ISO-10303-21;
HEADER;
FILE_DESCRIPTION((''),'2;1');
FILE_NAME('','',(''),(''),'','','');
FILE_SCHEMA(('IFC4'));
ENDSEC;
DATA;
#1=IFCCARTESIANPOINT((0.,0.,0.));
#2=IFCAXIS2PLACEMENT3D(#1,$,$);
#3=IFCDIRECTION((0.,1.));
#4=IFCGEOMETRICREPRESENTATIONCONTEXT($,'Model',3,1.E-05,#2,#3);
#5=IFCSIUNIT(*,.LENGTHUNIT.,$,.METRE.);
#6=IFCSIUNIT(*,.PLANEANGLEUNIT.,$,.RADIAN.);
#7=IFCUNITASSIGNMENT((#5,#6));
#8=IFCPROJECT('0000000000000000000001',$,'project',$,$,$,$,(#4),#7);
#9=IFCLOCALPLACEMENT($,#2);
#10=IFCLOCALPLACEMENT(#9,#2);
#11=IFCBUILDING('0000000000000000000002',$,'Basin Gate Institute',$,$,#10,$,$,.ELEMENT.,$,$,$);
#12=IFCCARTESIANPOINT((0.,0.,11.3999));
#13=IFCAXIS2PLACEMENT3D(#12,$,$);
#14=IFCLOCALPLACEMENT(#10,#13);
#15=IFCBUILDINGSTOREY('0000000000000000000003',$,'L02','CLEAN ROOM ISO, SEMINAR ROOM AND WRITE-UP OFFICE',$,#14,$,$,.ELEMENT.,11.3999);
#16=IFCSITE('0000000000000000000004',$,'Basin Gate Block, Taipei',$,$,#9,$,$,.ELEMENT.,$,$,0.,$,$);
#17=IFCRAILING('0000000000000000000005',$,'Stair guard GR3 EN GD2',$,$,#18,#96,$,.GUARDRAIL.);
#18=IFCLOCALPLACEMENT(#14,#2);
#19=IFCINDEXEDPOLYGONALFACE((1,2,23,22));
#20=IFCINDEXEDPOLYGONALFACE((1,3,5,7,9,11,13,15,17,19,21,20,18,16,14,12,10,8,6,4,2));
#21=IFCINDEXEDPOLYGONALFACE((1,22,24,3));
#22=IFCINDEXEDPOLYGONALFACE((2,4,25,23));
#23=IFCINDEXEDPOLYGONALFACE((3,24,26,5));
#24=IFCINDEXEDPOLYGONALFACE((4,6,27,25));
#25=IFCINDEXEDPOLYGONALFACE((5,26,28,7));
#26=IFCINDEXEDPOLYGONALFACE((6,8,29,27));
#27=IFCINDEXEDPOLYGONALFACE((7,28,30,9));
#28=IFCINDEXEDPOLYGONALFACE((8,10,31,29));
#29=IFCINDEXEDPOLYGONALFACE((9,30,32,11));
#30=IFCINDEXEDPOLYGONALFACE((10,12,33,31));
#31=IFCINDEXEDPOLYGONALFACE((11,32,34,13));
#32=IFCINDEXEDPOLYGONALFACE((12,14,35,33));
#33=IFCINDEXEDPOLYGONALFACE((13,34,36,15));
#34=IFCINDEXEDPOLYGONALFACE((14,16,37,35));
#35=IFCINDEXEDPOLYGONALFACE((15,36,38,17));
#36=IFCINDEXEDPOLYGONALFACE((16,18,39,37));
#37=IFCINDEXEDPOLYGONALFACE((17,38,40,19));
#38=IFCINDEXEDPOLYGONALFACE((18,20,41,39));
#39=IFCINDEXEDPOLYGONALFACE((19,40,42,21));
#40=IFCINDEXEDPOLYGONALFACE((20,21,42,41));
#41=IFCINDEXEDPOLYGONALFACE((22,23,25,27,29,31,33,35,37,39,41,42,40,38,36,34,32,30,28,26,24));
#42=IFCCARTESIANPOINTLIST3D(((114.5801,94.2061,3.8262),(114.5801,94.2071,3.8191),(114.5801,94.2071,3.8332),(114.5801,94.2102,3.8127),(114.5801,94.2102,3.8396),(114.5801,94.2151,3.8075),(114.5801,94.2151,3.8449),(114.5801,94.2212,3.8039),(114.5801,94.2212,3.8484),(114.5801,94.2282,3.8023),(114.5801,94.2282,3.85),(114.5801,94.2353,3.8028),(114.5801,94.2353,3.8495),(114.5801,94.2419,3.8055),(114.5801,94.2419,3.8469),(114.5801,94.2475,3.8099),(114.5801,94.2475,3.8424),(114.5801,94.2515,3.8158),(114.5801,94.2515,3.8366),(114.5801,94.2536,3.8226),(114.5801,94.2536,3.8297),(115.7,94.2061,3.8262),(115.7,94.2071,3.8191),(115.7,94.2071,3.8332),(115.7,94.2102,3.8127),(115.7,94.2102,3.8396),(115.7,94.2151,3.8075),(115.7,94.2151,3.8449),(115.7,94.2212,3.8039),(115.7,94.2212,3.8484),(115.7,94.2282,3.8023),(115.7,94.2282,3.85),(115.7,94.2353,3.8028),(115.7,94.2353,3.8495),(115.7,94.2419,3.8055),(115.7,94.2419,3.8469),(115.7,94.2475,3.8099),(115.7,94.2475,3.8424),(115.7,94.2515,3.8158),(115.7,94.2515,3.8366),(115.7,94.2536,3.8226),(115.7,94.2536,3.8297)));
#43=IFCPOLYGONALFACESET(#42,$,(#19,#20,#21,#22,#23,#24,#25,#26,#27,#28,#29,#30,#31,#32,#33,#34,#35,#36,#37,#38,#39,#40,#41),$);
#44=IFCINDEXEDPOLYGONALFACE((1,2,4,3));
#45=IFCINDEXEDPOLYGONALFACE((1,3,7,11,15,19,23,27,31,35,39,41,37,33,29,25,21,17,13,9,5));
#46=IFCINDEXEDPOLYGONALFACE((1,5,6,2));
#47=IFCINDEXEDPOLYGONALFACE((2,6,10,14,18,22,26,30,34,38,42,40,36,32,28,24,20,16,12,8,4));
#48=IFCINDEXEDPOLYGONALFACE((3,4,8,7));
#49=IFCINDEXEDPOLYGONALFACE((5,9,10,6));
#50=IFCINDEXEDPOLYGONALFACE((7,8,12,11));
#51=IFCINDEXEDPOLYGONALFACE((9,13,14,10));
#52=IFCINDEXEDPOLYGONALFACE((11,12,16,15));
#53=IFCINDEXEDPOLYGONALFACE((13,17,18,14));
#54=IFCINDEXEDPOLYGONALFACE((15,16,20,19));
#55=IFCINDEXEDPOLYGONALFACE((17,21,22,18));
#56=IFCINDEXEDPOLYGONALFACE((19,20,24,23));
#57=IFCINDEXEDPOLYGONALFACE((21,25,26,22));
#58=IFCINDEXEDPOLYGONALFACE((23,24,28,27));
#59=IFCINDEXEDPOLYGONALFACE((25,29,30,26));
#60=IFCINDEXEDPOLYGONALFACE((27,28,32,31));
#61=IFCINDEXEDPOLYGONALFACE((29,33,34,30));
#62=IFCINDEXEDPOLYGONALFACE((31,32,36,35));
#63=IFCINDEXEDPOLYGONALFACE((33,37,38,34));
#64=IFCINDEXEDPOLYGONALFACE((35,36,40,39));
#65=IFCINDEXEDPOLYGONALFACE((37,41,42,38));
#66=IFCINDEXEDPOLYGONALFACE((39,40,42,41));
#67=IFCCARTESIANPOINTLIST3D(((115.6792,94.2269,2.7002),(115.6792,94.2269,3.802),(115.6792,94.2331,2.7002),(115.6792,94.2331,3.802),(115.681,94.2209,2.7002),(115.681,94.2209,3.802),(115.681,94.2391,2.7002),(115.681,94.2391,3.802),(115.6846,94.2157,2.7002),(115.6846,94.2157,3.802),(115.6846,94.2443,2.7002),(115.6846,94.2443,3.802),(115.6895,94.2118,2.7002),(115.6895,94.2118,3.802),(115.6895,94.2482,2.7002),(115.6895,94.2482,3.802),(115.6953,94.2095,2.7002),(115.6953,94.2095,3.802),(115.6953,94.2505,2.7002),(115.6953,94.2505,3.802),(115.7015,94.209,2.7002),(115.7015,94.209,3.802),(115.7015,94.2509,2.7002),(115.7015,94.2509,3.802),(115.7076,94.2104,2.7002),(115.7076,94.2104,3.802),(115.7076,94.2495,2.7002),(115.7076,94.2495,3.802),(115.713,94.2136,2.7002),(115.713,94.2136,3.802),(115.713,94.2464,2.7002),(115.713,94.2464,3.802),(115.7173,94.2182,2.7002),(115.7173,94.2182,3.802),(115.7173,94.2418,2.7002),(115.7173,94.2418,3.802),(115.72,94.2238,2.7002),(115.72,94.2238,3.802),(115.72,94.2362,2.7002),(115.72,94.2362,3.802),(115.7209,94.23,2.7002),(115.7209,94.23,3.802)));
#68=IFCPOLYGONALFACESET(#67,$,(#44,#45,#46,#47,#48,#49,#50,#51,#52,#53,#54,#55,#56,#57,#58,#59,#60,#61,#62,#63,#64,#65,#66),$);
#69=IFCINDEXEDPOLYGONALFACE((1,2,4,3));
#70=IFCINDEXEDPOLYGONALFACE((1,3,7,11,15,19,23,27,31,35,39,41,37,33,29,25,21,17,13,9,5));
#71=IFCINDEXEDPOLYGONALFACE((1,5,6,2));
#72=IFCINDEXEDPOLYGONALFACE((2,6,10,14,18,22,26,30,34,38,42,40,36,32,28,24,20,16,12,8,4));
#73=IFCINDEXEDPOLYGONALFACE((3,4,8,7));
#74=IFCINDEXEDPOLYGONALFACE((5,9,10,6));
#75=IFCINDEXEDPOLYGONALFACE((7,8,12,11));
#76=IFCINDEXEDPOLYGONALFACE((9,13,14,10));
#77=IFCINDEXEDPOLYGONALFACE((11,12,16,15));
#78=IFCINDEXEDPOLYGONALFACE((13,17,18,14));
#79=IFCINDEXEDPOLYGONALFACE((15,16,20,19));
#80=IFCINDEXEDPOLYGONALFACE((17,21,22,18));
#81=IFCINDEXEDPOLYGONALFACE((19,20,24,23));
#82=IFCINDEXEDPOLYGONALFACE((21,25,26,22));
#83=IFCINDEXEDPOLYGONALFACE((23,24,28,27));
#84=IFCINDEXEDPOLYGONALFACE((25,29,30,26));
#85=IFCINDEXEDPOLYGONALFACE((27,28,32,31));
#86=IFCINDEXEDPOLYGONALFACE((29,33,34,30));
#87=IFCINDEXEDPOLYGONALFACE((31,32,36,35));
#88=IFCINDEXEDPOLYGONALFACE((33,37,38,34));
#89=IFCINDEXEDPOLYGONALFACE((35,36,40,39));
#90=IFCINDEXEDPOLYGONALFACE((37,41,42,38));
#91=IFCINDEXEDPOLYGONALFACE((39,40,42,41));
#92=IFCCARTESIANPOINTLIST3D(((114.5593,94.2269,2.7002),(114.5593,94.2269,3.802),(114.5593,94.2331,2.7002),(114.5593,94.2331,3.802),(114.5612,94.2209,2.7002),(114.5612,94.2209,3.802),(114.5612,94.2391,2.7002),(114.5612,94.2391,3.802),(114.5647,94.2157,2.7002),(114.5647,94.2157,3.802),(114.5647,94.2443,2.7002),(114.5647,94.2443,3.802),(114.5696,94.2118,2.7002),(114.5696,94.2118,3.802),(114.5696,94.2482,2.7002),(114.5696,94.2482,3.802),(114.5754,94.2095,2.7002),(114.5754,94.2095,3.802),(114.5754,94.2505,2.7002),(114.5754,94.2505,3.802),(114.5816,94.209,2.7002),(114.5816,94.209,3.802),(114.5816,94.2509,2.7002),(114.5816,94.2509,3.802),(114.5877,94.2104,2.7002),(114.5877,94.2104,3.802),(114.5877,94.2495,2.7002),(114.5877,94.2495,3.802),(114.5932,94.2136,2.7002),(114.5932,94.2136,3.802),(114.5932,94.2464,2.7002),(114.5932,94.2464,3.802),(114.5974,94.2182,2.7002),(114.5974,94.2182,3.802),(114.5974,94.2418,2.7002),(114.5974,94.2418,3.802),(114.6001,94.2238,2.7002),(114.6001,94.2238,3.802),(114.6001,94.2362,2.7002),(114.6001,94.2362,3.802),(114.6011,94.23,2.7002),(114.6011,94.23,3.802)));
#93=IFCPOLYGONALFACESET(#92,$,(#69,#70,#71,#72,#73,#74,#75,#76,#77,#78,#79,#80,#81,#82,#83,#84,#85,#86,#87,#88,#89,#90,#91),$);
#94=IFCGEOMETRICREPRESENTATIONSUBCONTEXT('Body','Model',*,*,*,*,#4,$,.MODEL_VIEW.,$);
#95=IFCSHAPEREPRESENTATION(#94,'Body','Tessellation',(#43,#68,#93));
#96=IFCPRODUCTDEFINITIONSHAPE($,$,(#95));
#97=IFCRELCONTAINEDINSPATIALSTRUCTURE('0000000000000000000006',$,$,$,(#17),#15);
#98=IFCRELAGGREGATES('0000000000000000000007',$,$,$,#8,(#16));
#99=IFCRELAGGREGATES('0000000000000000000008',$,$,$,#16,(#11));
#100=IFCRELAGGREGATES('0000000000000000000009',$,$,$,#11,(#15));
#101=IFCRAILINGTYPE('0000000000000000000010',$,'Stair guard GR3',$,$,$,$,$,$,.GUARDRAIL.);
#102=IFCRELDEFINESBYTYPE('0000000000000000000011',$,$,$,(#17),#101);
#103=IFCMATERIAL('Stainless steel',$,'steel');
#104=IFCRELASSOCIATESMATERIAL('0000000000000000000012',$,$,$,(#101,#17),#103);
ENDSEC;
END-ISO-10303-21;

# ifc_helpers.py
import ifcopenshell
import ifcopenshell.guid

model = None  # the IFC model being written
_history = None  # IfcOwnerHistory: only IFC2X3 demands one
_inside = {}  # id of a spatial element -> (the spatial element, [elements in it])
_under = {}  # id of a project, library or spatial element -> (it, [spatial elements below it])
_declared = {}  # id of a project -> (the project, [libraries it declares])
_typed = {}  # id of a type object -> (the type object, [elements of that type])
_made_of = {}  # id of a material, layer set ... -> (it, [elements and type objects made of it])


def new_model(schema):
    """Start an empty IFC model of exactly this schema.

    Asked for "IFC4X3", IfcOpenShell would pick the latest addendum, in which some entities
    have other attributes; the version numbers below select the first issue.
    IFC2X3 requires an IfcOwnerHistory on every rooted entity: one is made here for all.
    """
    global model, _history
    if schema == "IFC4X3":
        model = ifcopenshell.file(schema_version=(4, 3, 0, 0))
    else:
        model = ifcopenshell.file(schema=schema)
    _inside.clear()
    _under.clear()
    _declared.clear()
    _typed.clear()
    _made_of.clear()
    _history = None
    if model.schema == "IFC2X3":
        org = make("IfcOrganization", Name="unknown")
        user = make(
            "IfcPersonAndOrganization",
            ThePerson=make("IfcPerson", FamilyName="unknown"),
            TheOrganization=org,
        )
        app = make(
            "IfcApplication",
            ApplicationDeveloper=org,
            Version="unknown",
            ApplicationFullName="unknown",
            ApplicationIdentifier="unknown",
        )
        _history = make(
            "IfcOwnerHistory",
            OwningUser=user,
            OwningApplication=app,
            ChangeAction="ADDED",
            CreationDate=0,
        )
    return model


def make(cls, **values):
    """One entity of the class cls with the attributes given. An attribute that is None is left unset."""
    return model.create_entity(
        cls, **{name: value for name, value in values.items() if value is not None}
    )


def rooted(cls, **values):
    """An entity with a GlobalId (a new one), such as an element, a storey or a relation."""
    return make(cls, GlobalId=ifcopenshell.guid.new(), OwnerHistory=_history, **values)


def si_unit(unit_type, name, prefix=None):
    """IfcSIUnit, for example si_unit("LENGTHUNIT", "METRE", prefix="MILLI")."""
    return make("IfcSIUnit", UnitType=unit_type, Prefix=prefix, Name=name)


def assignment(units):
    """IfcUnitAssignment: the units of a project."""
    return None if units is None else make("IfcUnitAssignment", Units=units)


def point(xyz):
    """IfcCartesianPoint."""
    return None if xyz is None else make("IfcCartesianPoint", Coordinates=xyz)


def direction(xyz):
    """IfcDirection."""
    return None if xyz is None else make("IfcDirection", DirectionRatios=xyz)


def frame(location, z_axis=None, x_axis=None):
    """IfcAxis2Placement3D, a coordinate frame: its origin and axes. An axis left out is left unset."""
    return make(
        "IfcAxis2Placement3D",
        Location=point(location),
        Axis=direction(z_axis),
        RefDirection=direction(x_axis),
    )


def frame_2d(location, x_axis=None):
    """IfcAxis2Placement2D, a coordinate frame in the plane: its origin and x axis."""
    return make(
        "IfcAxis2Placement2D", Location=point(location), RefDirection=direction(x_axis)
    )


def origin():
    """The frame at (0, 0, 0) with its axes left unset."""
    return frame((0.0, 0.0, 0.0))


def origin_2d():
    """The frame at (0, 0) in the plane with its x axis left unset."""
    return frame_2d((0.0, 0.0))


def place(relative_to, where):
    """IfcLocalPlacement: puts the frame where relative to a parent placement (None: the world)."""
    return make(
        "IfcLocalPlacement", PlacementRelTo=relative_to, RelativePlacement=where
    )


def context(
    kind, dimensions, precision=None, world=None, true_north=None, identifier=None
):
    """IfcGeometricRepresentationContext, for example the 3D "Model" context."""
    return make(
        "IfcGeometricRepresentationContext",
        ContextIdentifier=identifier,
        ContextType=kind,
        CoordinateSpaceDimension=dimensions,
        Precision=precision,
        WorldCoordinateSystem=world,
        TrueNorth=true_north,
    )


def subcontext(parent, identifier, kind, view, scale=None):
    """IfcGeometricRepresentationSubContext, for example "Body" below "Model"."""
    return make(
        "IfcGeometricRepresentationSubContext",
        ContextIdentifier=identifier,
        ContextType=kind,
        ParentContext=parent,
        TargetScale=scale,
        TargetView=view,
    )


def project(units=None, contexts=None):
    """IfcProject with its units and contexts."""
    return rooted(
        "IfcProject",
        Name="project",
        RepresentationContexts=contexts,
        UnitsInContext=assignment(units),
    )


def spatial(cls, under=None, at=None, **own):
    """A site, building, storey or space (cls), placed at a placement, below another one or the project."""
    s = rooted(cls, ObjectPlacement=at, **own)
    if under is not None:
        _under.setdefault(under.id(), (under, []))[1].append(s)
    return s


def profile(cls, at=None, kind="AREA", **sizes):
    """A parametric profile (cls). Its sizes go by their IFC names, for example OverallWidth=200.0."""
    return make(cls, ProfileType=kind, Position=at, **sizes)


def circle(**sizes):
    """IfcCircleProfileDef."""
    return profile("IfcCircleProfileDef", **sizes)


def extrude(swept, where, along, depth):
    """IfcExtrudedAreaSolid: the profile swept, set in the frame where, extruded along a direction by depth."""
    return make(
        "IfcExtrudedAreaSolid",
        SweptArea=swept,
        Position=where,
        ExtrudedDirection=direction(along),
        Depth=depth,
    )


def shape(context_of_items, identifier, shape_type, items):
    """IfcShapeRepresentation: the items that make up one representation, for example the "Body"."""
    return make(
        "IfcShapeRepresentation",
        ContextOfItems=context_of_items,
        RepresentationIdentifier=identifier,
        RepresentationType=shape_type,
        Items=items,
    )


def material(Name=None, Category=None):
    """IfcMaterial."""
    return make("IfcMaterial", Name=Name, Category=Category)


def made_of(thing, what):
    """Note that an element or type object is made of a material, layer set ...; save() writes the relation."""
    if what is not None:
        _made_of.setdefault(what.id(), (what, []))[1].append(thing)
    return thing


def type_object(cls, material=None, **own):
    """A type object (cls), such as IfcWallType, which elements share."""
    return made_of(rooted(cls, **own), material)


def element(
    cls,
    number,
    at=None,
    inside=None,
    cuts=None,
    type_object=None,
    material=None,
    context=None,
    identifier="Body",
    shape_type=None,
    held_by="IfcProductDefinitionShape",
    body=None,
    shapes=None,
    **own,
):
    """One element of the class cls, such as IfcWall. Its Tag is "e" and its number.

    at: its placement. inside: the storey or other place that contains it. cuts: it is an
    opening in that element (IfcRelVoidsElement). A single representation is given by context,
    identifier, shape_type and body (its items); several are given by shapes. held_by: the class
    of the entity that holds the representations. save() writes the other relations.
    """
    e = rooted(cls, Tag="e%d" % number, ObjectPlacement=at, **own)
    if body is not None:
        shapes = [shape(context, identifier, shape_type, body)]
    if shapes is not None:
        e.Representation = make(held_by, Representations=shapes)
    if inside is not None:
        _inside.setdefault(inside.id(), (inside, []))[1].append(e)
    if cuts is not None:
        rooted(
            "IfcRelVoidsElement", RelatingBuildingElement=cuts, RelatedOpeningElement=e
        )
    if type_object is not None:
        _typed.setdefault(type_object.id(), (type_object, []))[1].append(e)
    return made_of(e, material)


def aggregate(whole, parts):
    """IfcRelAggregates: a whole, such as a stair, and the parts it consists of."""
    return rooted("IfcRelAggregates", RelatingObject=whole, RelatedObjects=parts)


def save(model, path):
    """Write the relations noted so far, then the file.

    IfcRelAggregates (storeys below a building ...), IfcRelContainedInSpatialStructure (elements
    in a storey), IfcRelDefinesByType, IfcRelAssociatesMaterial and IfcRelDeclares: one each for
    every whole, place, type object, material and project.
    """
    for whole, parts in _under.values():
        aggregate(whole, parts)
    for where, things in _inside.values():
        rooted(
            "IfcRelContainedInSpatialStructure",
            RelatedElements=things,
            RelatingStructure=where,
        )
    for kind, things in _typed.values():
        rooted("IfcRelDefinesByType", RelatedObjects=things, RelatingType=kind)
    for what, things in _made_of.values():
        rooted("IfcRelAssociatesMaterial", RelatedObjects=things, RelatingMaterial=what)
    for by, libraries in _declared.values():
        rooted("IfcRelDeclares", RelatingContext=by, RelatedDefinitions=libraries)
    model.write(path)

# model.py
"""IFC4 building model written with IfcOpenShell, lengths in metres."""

from ifc_helpers import new_model, si_unit, direction, frame, origin, origin_2d, place, context, subcontext, project, spatial, circle, extrude, material, type_object, element, save


model = new_model("IFC4")

# Units and contexts
model_context = context("Model", 3, precision=1e-05, world=origin(), true_north=direction((0.0, 1.0)))
body_context = subcontext(model_context, "Body", "Model", "MODEL_VIEW")
ifc_project = project(units=[si_unit("LENGTHUNIT", "METRE"), si_unit("PLANEANGLEUNIT", "RADIAN")], contexts=[model_context])

# Site, building, storey
site_placement = place(None, origin())
site = spatial("IfcSite", under=ifc_project, at=site_placement, Name="Basin Gate Block, Taipei", CompositionType="ELEMENT", RefElevation=0.0)
building_placement = place(site_placement, origin())
building = spatial("IfcBuilding", under=site, at=building_placement, Name="Basin Gate Institute", CompositionType="ELEMENT")
storey_placement = place(building_placement, frame((0.0, 0.0, 11.3999)))
storey = spatial("IfcBuildingStorey", under=building, at=storey_placement, Name="L02", Description="CLEAN ROOM ISO, SEMINAR ROOM AND WRITE-UP OFFICE", CompositionType="ELEMENT", Elevation=11.3999)

# Railing
ifc_material_1 = material(Name="Stainless steel", Category="steel")
railing_type_1 = type_object("IfcRailingType", Name="Stair guard GR3", PredefinedType="GUARDRAIL", material=ifc_material_1)
railing_1_placement = place(storey_placement, frame((115.7, 94.23, 2.7002)))
element("IfcRailing", 1, at=railing_1_placement, inside=storey, type_object=railing_type_1, material=ifc_material_1, Name="Stair guard GR3 EN GD2", PredefinedType="GUARDRAIL", context=body_context, shape_type="SweptSolid", body=[
    extrude(circle(Radius=0.0239, at=origin_2d()), frame((0.0, 0.0, 1.126), z_axis=(-1.0, 0.0, 0.0), x_axis=(0.0, -1.0, 0.0)), (0.0, 0.0, 1.0), 1.1199),
    extrude(circle(Radius=0.021, at=origin_2d()), origin(), (0.0, 0.0, 1.0), 1.1018),
    extrude(circle(Radius=0.021, at=origin_2d()), frame((-1.1199, 0.0, 0.0)), (0.0, 0.0, 1.0), 1.1018),
])

save(model, "model.ifc")
